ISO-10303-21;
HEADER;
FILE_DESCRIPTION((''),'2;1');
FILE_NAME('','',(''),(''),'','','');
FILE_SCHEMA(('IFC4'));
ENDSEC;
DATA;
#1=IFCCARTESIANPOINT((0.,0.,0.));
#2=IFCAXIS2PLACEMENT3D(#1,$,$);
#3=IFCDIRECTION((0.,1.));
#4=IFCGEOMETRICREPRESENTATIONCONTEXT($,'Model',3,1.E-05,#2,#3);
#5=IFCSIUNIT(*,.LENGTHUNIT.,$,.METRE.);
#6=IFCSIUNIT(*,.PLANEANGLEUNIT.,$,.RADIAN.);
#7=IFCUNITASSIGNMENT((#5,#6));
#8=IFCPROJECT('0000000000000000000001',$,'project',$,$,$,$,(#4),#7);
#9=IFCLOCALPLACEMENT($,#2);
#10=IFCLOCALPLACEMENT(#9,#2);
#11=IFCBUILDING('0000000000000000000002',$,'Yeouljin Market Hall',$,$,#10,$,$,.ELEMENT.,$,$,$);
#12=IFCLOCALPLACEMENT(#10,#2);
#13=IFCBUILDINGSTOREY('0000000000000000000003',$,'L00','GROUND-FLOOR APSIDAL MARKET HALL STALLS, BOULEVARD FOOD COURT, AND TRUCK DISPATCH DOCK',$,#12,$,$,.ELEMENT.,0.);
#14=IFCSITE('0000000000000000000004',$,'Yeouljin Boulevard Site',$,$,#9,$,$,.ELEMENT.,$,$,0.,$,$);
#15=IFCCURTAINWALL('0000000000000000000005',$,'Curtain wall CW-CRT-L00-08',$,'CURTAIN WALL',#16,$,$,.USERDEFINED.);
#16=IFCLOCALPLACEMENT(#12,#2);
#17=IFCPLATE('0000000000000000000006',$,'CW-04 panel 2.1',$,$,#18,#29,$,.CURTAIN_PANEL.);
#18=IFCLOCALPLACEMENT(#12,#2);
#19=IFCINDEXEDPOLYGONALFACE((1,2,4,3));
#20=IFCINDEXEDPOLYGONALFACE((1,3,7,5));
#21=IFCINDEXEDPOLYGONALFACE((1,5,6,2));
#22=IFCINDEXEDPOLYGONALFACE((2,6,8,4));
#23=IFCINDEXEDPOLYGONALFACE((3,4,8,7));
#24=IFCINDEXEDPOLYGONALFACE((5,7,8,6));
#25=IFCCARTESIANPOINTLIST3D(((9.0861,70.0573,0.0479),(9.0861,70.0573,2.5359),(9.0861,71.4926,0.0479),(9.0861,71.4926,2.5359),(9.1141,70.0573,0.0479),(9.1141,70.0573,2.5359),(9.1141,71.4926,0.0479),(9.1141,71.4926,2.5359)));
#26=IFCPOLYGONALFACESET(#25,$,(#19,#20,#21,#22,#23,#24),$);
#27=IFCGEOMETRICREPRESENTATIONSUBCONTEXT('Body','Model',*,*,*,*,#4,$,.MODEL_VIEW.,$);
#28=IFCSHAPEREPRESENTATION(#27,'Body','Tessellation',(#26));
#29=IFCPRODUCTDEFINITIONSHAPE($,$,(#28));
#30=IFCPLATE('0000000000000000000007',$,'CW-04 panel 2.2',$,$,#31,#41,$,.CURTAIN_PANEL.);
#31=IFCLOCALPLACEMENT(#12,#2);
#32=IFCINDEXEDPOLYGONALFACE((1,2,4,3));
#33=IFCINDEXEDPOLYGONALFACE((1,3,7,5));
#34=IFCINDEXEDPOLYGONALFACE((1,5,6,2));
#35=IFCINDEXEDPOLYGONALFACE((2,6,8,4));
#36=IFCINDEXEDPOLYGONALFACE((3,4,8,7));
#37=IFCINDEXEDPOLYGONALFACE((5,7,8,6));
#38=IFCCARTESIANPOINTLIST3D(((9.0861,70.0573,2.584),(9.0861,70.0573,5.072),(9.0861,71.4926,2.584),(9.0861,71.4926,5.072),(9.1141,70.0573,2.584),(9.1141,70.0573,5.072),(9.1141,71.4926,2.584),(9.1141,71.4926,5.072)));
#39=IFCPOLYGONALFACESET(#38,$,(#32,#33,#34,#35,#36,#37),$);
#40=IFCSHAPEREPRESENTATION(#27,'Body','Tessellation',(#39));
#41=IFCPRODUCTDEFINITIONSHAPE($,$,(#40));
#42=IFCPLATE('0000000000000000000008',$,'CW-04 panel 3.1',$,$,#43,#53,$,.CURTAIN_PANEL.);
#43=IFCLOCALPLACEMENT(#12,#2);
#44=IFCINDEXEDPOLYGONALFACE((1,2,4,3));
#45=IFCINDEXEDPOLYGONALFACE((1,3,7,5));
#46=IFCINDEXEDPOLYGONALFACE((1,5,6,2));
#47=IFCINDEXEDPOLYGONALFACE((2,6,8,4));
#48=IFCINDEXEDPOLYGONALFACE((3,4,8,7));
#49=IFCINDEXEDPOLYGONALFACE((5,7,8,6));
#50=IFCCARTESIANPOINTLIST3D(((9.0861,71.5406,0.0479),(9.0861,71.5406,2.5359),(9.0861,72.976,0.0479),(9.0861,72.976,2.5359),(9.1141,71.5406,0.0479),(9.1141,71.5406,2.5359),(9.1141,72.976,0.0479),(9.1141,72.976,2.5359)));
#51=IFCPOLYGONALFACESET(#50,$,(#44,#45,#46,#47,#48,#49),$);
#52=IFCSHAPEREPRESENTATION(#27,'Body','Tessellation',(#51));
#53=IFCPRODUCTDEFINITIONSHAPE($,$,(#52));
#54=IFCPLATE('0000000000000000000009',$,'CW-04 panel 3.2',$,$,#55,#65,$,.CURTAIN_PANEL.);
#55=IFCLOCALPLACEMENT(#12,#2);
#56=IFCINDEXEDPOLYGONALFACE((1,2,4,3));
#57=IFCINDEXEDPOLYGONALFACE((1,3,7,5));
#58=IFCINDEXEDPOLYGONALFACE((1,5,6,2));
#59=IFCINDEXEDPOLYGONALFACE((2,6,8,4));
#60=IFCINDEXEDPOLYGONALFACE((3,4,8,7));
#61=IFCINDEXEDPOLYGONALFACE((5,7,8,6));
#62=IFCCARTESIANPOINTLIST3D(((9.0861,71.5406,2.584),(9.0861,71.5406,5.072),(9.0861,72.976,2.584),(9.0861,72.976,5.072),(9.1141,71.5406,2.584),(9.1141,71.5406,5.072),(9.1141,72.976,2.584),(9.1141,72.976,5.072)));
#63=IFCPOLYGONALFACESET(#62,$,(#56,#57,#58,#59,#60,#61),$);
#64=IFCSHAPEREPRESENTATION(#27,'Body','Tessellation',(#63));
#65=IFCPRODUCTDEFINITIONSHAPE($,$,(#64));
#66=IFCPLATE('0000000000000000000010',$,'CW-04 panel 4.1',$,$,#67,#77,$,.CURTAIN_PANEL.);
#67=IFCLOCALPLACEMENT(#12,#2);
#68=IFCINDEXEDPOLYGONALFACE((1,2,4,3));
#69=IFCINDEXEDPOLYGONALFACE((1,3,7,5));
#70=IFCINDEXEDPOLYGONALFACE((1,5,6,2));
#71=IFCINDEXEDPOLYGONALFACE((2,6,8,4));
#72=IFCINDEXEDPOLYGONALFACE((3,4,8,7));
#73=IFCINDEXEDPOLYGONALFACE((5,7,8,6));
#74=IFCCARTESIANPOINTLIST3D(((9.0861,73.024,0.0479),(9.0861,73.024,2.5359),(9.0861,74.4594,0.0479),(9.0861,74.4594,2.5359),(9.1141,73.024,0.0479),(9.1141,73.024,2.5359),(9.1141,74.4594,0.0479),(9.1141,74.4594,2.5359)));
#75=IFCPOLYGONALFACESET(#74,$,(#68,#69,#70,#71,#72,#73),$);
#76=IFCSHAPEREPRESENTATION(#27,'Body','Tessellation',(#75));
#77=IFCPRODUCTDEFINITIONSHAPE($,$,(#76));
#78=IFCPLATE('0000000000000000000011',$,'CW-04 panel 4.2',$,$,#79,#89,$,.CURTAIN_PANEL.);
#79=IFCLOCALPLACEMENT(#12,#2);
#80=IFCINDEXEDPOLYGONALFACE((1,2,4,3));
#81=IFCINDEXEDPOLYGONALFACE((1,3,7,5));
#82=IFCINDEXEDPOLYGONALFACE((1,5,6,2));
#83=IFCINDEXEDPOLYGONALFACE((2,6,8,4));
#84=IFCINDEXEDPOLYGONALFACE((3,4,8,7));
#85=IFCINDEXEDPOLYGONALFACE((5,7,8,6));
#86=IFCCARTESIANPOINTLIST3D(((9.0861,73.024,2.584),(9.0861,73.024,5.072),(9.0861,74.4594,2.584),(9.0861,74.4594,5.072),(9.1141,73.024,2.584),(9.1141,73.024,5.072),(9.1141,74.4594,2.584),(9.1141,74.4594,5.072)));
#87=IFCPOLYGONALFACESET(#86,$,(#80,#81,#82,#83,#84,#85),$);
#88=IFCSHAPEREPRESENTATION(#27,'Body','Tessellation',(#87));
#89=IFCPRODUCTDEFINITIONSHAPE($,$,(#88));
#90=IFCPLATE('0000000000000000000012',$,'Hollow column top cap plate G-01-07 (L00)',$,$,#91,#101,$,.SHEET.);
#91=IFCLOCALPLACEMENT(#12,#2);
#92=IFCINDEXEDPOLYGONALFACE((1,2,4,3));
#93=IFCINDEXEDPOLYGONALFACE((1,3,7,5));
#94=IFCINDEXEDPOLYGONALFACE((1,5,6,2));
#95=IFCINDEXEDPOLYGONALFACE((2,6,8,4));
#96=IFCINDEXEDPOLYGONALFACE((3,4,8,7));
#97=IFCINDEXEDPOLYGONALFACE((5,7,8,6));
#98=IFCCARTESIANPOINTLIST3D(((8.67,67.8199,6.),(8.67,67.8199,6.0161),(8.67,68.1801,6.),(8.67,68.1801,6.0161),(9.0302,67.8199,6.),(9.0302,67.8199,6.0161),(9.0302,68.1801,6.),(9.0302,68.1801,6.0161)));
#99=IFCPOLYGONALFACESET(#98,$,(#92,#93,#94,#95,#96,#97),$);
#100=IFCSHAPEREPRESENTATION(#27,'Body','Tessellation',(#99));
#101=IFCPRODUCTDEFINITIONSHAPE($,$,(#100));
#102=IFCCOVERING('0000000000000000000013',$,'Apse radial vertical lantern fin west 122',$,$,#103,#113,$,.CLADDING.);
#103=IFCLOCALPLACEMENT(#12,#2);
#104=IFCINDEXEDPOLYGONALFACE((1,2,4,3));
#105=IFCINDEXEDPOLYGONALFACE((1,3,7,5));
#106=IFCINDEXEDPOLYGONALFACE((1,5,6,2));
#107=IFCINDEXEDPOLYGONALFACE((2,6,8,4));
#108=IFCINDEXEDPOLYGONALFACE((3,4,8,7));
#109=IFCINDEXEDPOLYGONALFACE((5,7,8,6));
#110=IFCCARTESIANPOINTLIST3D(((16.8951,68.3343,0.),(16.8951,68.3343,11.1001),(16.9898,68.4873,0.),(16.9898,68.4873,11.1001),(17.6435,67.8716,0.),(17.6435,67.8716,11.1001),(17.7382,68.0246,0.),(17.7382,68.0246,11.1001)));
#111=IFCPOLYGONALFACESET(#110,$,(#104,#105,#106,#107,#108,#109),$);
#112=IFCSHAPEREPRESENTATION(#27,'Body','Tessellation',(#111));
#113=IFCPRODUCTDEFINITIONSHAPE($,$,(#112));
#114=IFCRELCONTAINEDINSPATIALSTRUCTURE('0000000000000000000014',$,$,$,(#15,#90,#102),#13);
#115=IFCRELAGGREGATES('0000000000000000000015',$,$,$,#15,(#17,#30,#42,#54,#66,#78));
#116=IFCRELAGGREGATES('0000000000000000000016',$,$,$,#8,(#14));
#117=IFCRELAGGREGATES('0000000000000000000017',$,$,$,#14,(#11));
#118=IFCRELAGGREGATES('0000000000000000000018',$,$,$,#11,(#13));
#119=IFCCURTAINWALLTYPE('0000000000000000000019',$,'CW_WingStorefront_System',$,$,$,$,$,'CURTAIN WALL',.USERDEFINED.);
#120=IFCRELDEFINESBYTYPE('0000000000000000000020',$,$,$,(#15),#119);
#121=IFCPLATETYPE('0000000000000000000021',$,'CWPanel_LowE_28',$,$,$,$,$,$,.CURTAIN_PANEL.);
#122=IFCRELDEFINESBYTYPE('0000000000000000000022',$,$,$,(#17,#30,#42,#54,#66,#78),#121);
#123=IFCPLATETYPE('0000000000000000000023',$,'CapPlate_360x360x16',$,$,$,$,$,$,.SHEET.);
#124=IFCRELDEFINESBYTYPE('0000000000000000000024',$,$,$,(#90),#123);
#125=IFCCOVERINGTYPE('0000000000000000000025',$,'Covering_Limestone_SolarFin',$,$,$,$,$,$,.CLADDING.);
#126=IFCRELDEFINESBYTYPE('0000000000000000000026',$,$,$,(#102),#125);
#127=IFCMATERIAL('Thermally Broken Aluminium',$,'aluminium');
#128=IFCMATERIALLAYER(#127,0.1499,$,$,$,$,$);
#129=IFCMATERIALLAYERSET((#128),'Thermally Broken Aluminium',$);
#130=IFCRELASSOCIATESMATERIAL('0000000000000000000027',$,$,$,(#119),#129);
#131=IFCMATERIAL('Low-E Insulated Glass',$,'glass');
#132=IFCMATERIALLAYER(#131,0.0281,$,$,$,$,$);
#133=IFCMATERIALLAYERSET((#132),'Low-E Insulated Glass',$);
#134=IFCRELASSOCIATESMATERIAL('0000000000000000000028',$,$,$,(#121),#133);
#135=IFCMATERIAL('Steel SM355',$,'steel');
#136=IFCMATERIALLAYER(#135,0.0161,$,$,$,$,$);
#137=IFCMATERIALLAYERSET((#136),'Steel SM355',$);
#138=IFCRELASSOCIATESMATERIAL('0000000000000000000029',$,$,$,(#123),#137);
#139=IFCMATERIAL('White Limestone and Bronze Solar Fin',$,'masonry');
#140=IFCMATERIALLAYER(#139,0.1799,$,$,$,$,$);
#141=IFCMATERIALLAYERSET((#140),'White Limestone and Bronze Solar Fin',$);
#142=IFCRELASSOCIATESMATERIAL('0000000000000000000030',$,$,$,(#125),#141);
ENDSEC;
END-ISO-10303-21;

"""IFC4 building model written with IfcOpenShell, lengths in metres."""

from ifc_helpers import new_model, si_unit, direction, frame, origin, origin_2d, place, context, subcontext, project, spatial, rectangle, extrude, material, layer, layer_set, type_object, element, aggregate, save


model = new_model("IFC4")

# Units and contexts
model_context = context("Model", 3, precision=1e-05, world=origin(), true_north=direction((0.0, 1.0)))
body_context = subcontext(model_context, "Body", "Model", "MODEL_VIEW")
ifc_project = project(units=[si_unit("LENGTHUNIT", "METRE"), si_unit("PLANEANGLEUNIT", "RADIAN")], contexts=[model_context])

# Site, building, storey
site_placement = place(None, origin())
site = spatial("IfcSite", under=ifc_project, at=site_placement, Name="Yeouljin Boulevard Site", CompositionType="ELEMENT", RefElevation=0.0)
building_placement = place(site_placement, origin())
building = spatial("IfcBuilding", under=site, at=building_placement, Name="Yeouljin Market Hall", CompositionType="ELEMENT")
storey_placement = place(building_placement, origin())
storey = spatial("IfcBuildingStorey", under=building, at=storey_placement, Name="L00", Description="GROUND-FLOOR APSIDAL MARKET HALL STALLS, BOULEVARD FOOD COURT, AND TRUCK DISPATCH DOCK", CompositionType="ELEMENT", Elevation=0.0)

# Curtain wall
ifc_material_1 = material(Name="Thermally Broken Aluminium", Category="aluminium")
ifc_layer_1 = layer(ifc_material_1, 0.1499)
ifc_layer_set_1 = layer_set([ifc_layer_1], Name="Thermally Broken Aluminium")
curtain_wall_type_1 = type_object("IfcCurtainWallType", Name="CW_WingStorefront_System", ElementType="CURTAIN WALL", PredefinedType="USERDEFINED", material=ifc_layer_set_1)
curtain_wall_1_placement = place(storey_placement, origin())
curtain_wall_1 = element("IfcCurtainWall", 1, at=curtain_wall_1_placement, inside=storey, type_object=curtain_wall_type_1, Name="Curtain wall CW-CRT-L00-08", ObjectType="CURTAIN WALL", PredefinedType="USERDEFINED")

# Plates
ifc_material_2 = material(Name="Low-E Insulated Glass", Category="glass")
ifc_layer_2 = layer(ifc_material_2, 0.0281)
ifc_layer_set_2 = layer_set([ifc_layer_2], Name="Low-E Insulated Glass")
plate_type_1 = type_object("IfcPlateType", Name="CWPanel_LowE_28", PredefinedType="CURTAIN_PANEL", material=ifc_layer_set_2)
plate_1_placement = place(storey_placement, frame((9.1001, 70.7749, 0.0479), z_axis=(0.0, 0.0, 1.0), x_axis=(0.0, 1.0, 0.0)))
plate_1 = element("IfcPlate", 2, at=plate_1_placement, type_object=plate_type_1, Name="CW-04 panel 2.1", PredefinedType="CURTAIN_PANEL", context=body_context, shape_type="SweptSolid", body=[
    extrude(rectangle(XDim=1.4353, YDim=0.0281, at=origin_2d()), origin(), (0.0, 0.0, 1.0), 2.488),
])
plate_2_placement = place(storey_placement, frame((9.1001, 70.7749, 2.584), z_axis=(0.0, 0.0, 1.0), x_axis=(0.0, 1.0, 0.0)))
plate_2 = element("IfcPlate", 3, at=plate_2_placement, type_object=plate_type_1, Name="CW-04 panel 2.2", PredefinedType="CURTAIN_PANEL", context=body_context, shape_type="SweptSolid", body=[
    extrude(rectangle(XDim=1.4353, YDim=0.0281, at=origin_2d()), origin(), (0.0, 0.0, 1.0), 2.488),
])
plate_3_placement = place(storey_placement, frame((9.1001, 72.2583, 0.0479), z_axis=(0.0, 0.0, 1.0), x_axis=(0.0, 1.0, 0.0)))
plate_3 = element("IfcPlate", 4, at=plate_3_placement, type_object=plate_type_1, Name="CW-04 panel 3.1", PredefinedType="CURTAIN_PANEL", context=body_context, shape_type="SweptSolid", body=[
    extrude(rectangle(XDim=1.4353, YDim=0.0281, at=origin_2d()), origin(), (0.0, 0.0, 1.0), 2.488),
])
plate_4_placement = place(storey_placement, frame((9.1001, 72.2583, 2.584), z_axis=(0.0, 0.0, 1.0), x_axis=(0.0, 1.0, 0.0)))
plate_4 = element("IfcPlate", 5, at=plate_4_placement, type_object=plate_type_1, Name="CW-04 panel 3.2", PredefinedType="CURTAIN_PANEL", context=body_context, shape_type="SweptSolid", body=[
    extrude(rectangle(XDim=1.4353, YDim=0.0281, at=origin_2d()), origin(), (0.0, 0.0, 1.0), 2.488),
])
plate_5_placement = place(storey_placement, frame((9.1001, 73.7417, 0.0479), z_axis=(0.0, 0.0, 1.0), x_axis=(0.0, 1.0, 0.0)))
plate_5 = element("IfcPlate", 6, at=plate_5_placement, type_object=plate_type_1, Name="CW-04 panel 4.1", PredefinedType="CURTAIN_PANEL", context=body_context, shape_type="SweptSolid", body=[
    extrude(rectangle(XDim=1.4353, YDim=0.0281, at=origin_2d()), origin(), (0.0, 0.0, 1.0), 2.488),
])
plate_6_placement = place(storey_placement, frame((9.1001, 73.7417, 2.584), z_axis=(0.0, 0.0, 1.0), x_axis=(0.0, 1.0, 0.0)))
plate_6 = element("IfcPlate", 7, at=plate_6_placement, type_object=plate_type_1, Name="CW-04 panel 4.2", PredefinedType="CURTAIN_PANEL", context=body_context, shape_type="SweptSolid", body=[
    extrude(rectangle(XDim=1.4353, YDim=0.0281, at=origin_2d()), origin(), (0.0, 0.0, 1.0), 2.488),
])
aggregate(curtain_wall_1, [plate_1, plate_2, plate_3, plate_4, plate_5, plate_6])
ifc_material_3 = material(Name="Steel SM355", Category="steel")
ifc_layer_3 = layer(ifc_material_3, 0.0161)
ifc_layer_set_3 = layer_set([ifc_layer_3], Name="Steel SM355")
plate_type_2 = type_object("IfcPlateType", Name="CapPlate_360x360x16", PredefinedType="SHEET", material=ifc_layer_set_3)
plate_7_placement = place(storey_placement, frame((8.8501, 68.0, 6.0), z_axis=(0.0, 0.0, 1.0), x_axis=(1.0, 0.0, 0.0)))
element("IfcPlate", 8, at=plate_7_placement, inside=storey, type_object=plate_type_2, Name="Hollow column top cap plate G-01-07 (L00)", PredefinedType="SHEET", context=body_context, shape_type="SweptSolid", body=[
    extrude(rectangle(XDim=0.3601, YDim=0.3601, at=origin_2d()), origin(), (0.0, 0.0, 1.0), 0.0161),
])

# Covering
ifc_material_4 = material(Name="White Limestone and Bronze Solar Fin", Category="masonry")
ifc_layer_4 = layer(ifc_material_4, 0.1799)
ifc_layer_set_4 = layer_set([ifc_layer_4], Name="White Limestone and Bronze Solar Fin")
covering_type = type_object("IfcCoveringType", Name="Covering_Limestone_SolarFin", PredefinedType="CLADDING", material=ifc_layer_set_4)
covering_placement = place(storey_placement, frame((17.3167, 68.1794, 0.0), z_axis=(0.0, 0.0, 1.0), x_axis=(-0.850536, 0.525917, 0.0)))
element("IfcCovering", 9, at=covering_placement, inside=storey, type_object=covering_type, Name="Apse radial vertical lantern fin west 122", PredefinedType="CLADDING", context=body_context, shape_type="SweptSolid", body=[
    extrude(rectangle(XDim=0.8799, YDim=0.1799, at=origin_2d()), origin(), (0.0, 0.0, 1.0), 11.1001),
])

save(model, "model.ifc")
